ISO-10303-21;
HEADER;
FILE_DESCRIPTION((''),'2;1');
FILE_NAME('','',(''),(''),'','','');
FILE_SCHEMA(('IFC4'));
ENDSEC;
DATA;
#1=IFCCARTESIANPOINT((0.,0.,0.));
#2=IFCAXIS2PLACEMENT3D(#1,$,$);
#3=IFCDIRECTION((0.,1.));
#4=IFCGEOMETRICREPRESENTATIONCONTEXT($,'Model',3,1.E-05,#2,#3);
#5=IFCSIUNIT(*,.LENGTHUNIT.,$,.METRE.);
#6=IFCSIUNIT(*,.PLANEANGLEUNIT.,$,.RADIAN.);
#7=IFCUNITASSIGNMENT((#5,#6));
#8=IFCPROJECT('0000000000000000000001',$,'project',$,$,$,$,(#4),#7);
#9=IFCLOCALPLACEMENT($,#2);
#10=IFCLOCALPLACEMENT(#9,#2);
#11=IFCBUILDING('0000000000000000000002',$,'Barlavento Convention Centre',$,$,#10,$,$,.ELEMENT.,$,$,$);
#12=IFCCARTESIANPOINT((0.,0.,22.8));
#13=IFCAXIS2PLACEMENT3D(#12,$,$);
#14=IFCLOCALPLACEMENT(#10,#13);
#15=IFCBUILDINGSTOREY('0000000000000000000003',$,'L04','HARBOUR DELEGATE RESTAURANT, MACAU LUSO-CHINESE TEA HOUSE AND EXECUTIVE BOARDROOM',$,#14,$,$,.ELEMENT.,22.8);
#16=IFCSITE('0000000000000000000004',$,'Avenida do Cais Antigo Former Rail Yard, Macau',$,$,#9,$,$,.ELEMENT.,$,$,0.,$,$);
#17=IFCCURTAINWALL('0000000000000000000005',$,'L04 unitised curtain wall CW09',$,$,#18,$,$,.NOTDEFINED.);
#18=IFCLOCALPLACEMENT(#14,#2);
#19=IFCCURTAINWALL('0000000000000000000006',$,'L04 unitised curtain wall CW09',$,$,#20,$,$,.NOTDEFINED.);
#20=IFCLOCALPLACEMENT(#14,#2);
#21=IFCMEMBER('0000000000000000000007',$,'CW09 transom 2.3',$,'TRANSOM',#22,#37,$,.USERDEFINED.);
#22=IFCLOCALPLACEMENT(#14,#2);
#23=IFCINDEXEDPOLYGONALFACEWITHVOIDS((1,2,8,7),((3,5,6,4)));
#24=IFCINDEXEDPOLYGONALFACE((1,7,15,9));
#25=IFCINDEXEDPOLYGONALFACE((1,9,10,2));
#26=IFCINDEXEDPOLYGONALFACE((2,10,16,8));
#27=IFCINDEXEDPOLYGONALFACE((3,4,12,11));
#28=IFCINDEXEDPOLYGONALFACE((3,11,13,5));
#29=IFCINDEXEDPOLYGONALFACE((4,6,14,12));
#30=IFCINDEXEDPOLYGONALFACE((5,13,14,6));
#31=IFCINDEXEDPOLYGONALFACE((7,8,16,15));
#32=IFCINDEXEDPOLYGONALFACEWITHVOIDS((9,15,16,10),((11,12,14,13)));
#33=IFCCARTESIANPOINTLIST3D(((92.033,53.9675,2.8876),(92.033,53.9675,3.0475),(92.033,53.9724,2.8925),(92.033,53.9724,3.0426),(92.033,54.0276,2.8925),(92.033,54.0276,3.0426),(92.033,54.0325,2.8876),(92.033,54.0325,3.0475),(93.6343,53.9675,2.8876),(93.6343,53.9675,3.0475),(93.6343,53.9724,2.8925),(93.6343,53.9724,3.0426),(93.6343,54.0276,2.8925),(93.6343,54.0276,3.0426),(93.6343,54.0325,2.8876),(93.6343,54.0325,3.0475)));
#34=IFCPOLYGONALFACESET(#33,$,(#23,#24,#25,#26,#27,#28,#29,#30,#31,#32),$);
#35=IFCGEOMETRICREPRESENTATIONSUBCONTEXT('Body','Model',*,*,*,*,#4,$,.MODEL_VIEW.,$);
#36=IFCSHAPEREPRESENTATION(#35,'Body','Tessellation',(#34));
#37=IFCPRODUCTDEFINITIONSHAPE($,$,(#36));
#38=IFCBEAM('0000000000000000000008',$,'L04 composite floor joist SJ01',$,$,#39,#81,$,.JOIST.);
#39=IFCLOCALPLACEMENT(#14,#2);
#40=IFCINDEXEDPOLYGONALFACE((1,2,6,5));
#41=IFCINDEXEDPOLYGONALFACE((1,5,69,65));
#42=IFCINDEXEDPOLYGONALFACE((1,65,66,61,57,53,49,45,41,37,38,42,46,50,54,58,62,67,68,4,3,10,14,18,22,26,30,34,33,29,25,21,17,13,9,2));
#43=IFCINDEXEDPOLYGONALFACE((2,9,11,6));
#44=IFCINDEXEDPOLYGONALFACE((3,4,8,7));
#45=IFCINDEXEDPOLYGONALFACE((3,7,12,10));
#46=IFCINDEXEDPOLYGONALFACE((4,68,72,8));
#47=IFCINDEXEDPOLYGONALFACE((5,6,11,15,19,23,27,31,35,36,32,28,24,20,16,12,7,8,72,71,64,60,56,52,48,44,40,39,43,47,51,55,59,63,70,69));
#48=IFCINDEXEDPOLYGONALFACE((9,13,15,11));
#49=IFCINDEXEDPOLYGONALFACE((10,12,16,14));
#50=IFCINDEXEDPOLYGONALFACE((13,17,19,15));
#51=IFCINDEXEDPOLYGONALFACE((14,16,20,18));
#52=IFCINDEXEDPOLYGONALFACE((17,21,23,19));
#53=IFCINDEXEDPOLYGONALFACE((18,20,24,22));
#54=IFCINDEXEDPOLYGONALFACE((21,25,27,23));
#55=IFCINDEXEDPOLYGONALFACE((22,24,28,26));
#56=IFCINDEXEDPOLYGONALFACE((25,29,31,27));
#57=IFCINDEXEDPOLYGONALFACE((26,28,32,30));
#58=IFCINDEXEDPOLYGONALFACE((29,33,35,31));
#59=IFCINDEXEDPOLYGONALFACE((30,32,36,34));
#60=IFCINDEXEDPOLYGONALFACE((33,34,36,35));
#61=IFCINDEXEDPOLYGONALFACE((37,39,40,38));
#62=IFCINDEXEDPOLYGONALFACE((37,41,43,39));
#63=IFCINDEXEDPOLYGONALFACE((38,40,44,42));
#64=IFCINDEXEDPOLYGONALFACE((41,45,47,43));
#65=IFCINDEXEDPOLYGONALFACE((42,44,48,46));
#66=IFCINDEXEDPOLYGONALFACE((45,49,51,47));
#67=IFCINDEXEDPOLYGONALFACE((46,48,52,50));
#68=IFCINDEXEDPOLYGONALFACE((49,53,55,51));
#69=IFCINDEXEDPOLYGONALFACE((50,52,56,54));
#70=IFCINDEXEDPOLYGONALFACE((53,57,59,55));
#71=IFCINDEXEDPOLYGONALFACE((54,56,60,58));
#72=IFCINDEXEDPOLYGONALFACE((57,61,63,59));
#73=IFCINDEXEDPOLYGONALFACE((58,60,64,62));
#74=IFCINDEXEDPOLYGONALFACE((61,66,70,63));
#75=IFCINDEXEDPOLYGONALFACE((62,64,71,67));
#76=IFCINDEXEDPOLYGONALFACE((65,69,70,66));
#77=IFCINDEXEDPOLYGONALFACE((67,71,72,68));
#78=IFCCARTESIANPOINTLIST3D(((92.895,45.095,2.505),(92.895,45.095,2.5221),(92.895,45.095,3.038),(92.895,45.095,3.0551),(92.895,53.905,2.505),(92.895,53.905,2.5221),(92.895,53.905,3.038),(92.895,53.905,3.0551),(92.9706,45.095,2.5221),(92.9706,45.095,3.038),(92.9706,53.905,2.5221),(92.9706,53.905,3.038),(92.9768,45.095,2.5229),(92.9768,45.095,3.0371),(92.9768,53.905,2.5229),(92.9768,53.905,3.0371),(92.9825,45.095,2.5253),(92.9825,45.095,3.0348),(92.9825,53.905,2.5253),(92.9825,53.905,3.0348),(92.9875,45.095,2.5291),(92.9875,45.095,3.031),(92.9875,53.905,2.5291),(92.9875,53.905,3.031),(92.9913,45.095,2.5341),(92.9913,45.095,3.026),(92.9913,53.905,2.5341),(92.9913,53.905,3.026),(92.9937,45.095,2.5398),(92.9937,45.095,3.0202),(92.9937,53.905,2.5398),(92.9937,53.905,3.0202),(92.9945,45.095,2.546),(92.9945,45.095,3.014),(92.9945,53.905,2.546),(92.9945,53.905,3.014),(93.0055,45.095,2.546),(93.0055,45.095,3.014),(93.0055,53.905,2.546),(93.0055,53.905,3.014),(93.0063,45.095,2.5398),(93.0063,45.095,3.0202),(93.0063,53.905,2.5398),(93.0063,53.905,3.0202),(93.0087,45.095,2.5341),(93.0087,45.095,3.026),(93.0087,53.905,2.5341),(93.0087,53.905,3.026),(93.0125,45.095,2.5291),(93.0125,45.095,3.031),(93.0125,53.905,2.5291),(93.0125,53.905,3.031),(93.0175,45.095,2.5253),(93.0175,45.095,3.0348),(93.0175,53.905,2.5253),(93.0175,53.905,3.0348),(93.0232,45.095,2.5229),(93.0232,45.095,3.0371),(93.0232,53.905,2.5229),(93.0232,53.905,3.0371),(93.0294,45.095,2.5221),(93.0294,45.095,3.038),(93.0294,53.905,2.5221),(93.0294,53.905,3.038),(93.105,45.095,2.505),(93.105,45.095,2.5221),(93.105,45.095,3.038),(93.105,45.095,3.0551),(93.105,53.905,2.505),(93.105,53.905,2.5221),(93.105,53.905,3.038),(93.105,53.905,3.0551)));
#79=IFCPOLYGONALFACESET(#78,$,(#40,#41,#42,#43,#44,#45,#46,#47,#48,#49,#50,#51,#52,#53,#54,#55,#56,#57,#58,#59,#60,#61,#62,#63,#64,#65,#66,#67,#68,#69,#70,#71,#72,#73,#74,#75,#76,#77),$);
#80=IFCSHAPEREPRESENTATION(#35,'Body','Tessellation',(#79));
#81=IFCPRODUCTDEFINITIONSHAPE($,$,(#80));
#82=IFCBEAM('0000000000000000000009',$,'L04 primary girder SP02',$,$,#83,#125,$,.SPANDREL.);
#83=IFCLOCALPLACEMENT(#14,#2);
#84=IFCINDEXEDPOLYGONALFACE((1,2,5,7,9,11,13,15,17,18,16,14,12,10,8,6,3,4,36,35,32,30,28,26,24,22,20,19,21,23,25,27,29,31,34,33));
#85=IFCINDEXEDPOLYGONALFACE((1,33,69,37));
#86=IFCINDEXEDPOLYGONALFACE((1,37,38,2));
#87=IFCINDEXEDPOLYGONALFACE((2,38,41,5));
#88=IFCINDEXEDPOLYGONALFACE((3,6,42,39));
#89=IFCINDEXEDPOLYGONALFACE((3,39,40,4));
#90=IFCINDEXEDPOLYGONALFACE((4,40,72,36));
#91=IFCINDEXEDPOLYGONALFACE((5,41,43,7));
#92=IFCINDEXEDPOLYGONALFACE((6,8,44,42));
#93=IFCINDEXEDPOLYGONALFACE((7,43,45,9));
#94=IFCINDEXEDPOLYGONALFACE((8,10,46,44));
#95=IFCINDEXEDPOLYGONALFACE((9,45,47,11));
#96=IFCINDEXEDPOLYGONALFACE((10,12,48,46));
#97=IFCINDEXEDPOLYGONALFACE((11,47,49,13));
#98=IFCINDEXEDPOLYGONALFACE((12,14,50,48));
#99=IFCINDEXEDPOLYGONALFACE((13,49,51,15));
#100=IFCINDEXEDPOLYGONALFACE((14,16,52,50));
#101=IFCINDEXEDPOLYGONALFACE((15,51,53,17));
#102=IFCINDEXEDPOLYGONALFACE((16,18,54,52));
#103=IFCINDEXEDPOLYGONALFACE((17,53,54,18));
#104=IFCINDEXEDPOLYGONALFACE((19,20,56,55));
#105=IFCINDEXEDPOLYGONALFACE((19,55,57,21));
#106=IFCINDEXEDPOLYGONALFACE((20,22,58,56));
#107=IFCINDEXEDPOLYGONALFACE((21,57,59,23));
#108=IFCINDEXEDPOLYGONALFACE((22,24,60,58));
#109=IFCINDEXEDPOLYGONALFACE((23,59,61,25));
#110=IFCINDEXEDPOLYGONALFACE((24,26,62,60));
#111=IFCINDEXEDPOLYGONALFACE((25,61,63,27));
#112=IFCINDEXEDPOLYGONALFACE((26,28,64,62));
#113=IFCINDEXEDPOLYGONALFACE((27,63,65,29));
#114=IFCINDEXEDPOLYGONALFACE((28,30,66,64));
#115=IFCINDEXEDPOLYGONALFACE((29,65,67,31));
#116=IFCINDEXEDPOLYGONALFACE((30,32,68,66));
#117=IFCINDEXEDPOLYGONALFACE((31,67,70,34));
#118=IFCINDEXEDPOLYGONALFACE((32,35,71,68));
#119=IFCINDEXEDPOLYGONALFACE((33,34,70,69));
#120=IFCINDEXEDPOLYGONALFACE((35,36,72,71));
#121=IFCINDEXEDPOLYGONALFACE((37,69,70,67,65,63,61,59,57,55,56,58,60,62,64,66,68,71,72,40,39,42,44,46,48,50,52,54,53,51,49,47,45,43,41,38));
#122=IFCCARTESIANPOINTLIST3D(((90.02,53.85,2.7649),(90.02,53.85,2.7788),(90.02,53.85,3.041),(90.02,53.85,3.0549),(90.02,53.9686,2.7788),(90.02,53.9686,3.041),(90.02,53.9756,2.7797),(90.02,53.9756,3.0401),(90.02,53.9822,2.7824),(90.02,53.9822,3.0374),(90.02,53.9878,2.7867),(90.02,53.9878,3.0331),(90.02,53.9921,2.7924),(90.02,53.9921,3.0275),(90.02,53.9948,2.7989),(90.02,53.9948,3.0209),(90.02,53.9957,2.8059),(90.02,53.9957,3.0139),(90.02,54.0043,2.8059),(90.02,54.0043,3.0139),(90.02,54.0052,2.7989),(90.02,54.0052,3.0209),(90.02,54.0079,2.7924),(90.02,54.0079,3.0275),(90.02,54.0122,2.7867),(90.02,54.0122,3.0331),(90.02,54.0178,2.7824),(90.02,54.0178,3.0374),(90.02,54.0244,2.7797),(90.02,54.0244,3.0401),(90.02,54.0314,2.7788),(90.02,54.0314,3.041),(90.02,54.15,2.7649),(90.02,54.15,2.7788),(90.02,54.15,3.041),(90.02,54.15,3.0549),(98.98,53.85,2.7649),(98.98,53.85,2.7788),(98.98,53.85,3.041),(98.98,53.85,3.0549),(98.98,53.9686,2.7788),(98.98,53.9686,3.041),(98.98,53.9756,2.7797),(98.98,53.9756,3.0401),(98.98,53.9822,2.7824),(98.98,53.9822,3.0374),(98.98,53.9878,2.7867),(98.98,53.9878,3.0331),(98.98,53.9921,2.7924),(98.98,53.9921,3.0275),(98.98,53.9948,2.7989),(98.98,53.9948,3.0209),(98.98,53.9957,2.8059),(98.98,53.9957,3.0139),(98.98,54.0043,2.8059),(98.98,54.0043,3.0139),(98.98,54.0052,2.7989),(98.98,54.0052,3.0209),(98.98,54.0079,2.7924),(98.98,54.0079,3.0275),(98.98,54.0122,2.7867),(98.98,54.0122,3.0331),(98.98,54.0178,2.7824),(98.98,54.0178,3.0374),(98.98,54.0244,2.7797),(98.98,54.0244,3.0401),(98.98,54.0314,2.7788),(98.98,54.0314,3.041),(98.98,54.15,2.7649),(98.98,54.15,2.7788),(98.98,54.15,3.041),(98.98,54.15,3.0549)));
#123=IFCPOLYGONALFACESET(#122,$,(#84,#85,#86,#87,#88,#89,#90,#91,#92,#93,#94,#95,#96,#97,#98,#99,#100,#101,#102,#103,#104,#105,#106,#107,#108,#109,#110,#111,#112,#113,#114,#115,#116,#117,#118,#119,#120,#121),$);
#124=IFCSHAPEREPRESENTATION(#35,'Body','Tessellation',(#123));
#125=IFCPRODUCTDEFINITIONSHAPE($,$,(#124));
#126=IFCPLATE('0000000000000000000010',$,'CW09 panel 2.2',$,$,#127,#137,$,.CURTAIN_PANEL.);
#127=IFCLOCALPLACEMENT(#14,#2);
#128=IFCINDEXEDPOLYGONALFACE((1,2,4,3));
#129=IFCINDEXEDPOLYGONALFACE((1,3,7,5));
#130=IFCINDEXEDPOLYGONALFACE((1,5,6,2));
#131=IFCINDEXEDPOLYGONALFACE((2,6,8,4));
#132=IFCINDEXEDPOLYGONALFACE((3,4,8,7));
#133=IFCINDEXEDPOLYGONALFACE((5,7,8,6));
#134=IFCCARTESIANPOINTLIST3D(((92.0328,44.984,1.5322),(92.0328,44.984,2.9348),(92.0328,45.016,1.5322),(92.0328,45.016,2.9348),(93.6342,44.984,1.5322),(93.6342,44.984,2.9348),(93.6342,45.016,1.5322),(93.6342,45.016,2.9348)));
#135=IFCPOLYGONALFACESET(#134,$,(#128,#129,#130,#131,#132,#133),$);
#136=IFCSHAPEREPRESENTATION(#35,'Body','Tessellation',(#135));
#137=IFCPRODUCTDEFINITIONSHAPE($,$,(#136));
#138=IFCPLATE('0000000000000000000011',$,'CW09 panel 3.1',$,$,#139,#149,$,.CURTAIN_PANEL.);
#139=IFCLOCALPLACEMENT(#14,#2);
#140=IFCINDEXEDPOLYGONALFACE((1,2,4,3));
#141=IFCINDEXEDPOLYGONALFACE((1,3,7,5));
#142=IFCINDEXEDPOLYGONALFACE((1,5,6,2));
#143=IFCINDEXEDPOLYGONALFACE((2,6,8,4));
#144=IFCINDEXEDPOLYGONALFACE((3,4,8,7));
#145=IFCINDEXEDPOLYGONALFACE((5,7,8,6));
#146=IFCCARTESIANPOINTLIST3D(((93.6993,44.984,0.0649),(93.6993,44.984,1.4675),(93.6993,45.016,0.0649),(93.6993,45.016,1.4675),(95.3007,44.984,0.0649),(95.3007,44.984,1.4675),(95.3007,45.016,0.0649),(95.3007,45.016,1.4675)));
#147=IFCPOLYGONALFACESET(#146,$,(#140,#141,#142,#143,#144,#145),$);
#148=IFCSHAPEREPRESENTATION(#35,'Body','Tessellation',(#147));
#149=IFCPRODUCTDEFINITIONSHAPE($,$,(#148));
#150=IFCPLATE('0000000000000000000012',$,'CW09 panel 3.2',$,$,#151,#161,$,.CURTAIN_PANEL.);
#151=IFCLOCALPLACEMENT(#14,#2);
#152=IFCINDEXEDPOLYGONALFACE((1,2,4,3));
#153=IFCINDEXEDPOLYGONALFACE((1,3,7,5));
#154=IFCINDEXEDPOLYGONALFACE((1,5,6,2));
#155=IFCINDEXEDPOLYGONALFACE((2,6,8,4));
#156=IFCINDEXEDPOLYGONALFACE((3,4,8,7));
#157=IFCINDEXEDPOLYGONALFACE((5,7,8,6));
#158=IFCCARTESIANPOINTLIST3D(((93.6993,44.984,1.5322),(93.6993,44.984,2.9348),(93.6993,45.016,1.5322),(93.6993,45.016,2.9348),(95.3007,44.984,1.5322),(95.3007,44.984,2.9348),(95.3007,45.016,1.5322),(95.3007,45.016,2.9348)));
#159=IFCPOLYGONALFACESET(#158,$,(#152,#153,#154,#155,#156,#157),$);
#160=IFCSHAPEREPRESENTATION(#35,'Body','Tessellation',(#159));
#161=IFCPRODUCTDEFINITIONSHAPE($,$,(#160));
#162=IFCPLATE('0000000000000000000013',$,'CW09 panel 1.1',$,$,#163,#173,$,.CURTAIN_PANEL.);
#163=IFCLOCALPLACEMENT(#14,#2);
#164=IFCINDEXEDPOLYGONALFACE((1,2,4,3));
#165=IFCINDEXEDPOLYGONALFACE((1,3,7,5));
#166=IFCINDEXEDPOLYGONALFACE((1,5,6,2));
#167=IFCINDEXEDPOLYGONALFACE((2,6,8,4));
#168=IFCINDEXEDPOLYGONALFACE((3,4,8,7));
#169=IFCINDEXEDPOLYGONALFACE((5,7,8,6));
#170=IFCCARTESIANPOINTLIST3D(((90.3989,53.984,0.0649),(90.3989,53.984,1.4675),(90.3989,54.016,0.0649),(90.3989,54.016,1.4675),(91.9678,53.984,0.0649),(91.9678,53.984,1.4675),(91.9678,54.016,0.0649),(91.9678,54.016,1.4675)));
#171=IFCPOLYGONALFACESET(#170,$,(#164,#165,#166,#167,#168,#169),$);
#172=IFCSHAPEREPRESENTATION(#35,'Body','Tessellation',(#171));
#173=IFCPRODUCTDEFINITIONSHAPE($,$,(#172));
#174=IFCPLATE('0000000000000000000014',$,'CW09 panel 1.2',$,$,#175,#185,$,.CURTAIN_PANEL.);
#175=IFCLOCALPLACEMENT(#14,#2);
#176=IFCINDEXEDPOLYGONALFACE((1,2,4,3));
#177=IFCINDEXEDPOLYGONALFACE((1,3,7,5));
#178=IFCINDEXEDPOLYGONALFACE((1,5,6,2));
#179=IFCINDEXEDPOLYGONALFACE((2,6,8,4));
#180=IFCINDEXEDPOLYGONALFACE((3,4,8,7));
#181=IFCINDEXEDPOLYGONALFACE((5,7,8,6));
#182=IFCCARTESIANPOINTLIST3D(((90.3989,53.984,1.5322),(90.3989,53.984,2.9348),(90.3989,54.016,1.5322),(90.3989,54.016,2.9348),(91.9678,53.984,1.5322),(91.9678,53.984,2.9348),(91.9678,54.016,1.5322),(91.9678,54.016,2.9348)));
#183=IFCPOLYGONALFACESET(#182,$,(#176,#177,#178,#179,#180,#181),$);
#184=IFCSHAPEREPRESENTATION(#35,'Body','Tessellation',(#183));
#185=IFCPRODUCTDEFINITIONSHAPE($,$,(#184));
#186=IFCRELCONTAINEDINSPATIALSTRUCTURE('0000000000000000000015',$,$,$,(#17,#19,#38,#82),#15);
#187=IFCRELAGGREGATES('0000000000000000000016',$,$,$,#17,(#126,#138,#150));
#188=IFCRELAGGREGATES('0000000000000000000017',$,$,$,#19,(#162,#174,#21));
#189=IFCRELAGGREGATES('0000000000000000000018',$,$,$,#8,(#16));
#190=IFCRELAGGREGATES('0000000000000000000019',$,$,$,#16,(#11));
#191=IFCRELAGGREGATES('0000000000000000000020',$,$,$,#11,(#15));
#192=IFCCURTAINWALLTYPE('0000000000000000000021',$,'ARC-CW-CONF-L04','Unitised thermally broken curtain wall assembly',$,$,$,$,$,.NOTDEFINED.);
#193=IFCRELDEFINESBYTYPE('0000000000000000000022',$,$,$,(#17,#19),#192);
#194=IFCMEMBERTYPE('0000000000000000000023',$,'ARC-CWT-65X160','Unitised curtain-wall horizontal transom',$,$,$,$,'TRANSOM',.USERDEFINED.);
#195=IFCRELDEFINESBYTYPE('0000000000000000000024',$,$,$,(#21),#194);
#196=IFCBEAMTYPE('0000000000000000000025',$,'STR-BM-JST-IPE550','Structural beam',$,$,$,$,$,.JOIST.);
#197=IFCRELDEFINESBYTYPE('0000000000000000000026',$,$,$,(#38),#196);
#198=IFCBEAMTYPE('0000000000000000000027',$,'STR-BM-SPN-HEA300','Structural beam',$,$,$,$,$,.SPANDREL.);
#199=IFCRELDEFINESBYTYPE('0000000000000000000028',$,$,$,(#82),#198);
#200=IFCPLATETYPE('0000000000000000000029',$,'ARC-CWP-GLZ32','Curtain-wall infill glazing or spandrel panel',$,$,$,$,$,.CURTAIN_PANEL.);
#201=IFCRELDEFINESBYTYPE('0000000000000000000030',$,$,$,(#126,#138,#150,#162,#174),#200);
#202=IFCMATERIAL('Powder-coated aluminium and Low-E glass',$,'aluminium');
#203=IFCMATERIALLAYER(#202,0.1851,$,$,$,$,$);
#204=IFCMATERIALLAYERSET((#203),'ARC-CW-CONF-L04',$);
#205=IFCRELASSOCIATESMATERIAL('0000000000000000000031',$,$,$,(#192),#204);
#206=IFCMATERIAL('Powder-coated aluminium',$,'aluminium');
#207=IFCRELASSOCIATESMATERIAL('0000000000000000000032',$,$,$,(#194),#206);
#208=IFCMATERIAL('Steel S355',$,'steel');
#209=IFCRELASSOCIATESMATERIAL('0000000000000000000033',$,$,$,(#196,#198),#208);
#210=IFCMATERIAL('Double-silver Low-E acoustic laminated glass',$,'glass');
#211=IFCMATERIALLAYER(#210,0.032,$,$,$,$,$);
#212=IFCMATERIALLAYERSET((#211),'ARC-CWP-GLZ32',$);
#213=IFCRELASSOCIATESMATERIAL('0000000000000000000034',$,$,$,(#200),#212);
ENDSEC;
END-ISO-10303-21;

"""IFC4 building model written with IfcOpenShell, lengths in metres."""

from ifc_helpers import new_model, si_unit, direction, frame, origin, origin_2d, place, context, subcontext, project, spatial, rectangle, hollow_rectangle, i_section, extrude, material, layer, layer_set, material_profile, profile_set, type_object, element, aggregate, save


model = new_model("IFC4")

# Units and contexts
model_context = context("Model", 3, precision=1e-05, world=origin(), true_north=direction((0.0, 1.0)))
body_context = subcontext(model_context, "Body", "Model", "MODEL_VIEW")
ifc_project = project(units=[si_unit("LENGTHUNIT", "METRE"), si_unit("PLANEANGLEUNIT", "RADIAN")], contexts=[model_context])

# Site, building, storey
site_placement = place(None, origin())
site = spatial("IfcSite", under=ifc_project, at=site_placement, Name="Avenida do Cais Antigo Former Rail Yard, Macau", CompositionType="ELEMENT", RefElevation=0.0)
building_placement = place(site_placement, origin())
building = spatial("IfcBuilding", under=site, at=building_placement, Name="Barlavento Convention Centre", CompositionType="ELEMENT")
storey_placement = place(building_placement, frame((0.0, 0.0, 22.8)))
storey = spatial("IfcBuildingStorey", under=building, at=storey_placement, Name="L04", Description="HARBOUR DELEGATE RESTAURANT, MACAU LUSO-CHINESE TEA HOUSE AND EXECUTIVE BOARDROOM", CompositionType="ELEMENT", Elevation=22.8)

# Curtain wall
ifc_material_1 = material(Name="Powder-coated aluminium and Low-E glass", Category="aluminium")
ifc_layer_1 = layer(ifc_material_1, 0.1851)
ifc_layer_set_1 = layer_set([ifc_layer_1], Name="ARC-CW-CONF-L04")
curtain_wall_type = type_object("IfcCurtainWallType", Name="ARC-CW-CONF-L04", Description="Unitised thermally broken curtain wall assembly", PredefinedType="NOTDEFINED", material=ifc_layer_set_1)
curtain_wall_1_placement = place(storey_placement, origin())
curtain_wall_1 = element("IfcCurtainWall", 1, at=curtain_wall_1_placement, inside=storey, type_object=curtain_wall_type, Name="L04 unitised curtain wall CW09", PredefinedType="NOTDEFINED")
ifc_material_2 = material(Name="Powder-coated aluminium", Category="aluminium")

# Curtain wall
curtain_wall_2_placement = place(storey_placement, origin())
curtain_wall_2 = element("IfcCurtainWall", 2, at=curtain_wall_2_placement, inside=storey, type_object=curtain_wall_type, Name="L04 unitised curtain wall CW09", PredefinedType="NOTDEFINED")

# Member
ifc_material_profile_1 = material_profile(ifc_material_2, hollow_rectangle(XDim=0.0649, YDim=0.1599, WallThickness=0.0049, at=origin_2d()), Name="AL-TRAN 65x160x5")
ifc_profile_set_1 = profile_set([ifc_material_profile_1], Name="Powder-coated aluminium")
member_type_1 = type_object("IfcMemberType", Name="ARC-CWT-65X160", Description="Unitised curtain-wall horizontal transom", ElementType="TRANSOM", PredefinedType="USERDEFINED", material=ifc_profile_set_1)
member_1_placement = place(storey_placement, frame((92.033, 54.0, 2.9675), z_axis=(1.0, 0.0, 0.0), x_axis=(0.0, 1.0, 0.0)))
member_1 = element("IfcMember", 3, at=member_1_placement, type_object=member_type_1, Name="CW09 transom 2.3", ObjectType="TRANSOM", PredefinedType="USERDEFINED", context=body_context, shape_type="SweptSolid", body=[
    extrude(hollow_rectangle(XDim=0.0649, YDim=0.1599, WallThickness=0.0049, at=origin_2d()), origin(), (0.0, 0.0, 1.0), 1.6013),
])

# Beams
ifc_material_3 = material(Name="Steel S355", Category="steel")
ifc_material_profile_2 = material_profile(ifc_material_3, i_section(OverallWidth=0.21, OverallDepth=0.55, WebThickness=0.011, FlangeThickness=0.0171, FilletRadius=0.0239, at=origin_2d()), Name="IPE 550")
ifc_profile_set_2 = profile_set([ifc_material_profile_2], Name="Steel S355")
beam_type_1 = type_object("IfcBeamType", Name="STR-BM-JST-IPE550", Description="Structural beam", PredefinedType="JOIST", material=ifc_profile_set_2)
beam_1_placement = place(storey_placement, frame((93.0, 45.095, 2.78), z_axis=(0.0, 1.0, 0.0), x_axis=(-1.0, 0.0, 0.0)))
element("IfcBeam", 4, at=beam_1_placement, inside=storey, type_object=beam_type_1, Name="L04 composite floor joist SJ01", PredefinedType="JOIST", context=body_context, shape_type="SweptSolid", body=[
    extrude(i_section(OverallWidth=0.21, OverallDepth=0.55, WebThickness=0.011, FlangeThickness=0.0171, FilletRadius=0.0239, at=origin_2d()), origin(), (0.0, 0.0, 1.0), 8.8101),
])
ifc_material_profile_3 = material_profile(ifc_material_3, i_section(OverallWidth=0.3, OverallDepth=0.29, WebThickness=0.0085, FlangeThickness=0.0139, FilletRadius=0.0271, at=origin_2d()), Name="HEA 300")
ifc_profile_set_3 = profile_set([ifc_material_profile_3], Name="Steel S355")
beam_type_2 = type_object("IfcBeamType", Name="STR-BM-SPN-HEA300", Description="Structural beam", PredefinedType="SPANDREL", material=ifc_profile_set_3)
beam_2_placement = place(storey_placement, frame((90.02, 54.0, 2.9099), z_axis=(1.0, 0.0, 0.0), x_axis=(0.0, 1.0, 0.0)))
element("IfcBeam", 5, at=beam_2_placement, inside=storey, type_object=beam_type_2, Name="L04 primary girder SP02", PredefinedType="SPANDREL", context=body_context, shape_type="SweptSolid", body=[
    extrude(i_section(OverallWidth=0.3, OverallDepth=0.29, WebThickness=0.0085, FlangeThickness=0.0139, FilletRadius=0.0271, at=origin_2d()), origin(), (0.0, 0.0, 1.0), 8.96),
])

# Plates
ifc_material_4 = material(Name="Double-silver Low-E acoustic laminated glass", Category="glass")
ifc_layer_2 = layer(ifc_material_4, 0.032)
ifc_layer_set_2 = layer_set([ifc_layer_2], Name="ARC-CWP-GLZ32")
plate_type_1 = type_object("IfcPlateType", Name="ARC-CWP-GLZ32", Description="Curtain-wall infill glazing or spandrel panel", PredefinedType="CURTAIN_PANEL", material=ifc_layer_set_2)
plate_1_placement = place(storey_placement, frame((92.8335, 45.0, 1.5322), z_axis=(0.0, 0.0, 1.0), x_axis=(1.0, 0.0, 0.0)))
plate_1 = element("IfcPlate", 6, at=plate_1_placement, type_object=plate_type_1, Name="CW09 panel 2.2", PredefinedType="CURTAIN_PANEL", context=body_context, shape_type="SweptSolid", body=[
    extrude(rectangle(XDim=1.6013, YDim=0.032, at=origin_2d()), origin(), (0.0, 0.0, 1.0), 1.4026),
])
plate_2_placement = place(storey_placement, frame((94.5, 45.0, 0.0649), z_axis=(0.0, 0.0, 1.0), x_axis=(1.0, 0.0, 0.0)))
plate_2 = element("IfcPlate", 7, at=plate_2_placement, type_object=plate_type_1, Name="CW09 panel 3.1", PredefinedType="CURTAIN_PANEL", context=body_context, shape_type="SweptSolid", body=[
    extrude(rectangle(XDim=1.6013, YDim=0.032, at=origin_2d()), origin(), (0.0, 0.0, 1.0), 1.4026),
])
plate_3_placement = place(storey_placement, frame((94.5, 45.0, 1.5322), z_axis=(0.0, 0.0, 1.0), x_axis=(1.0, 0.0, 0.0)))
plate_3 = element("IfcPlate", 8, at=plate_3_placement, type_object=plate_type_1, Name="CW09 panel 3.2", PredefinedType="CURTAIN_PANEL", context=body_context, shape_type="SweptSolid", body=[
    extrude(rectangle(XDim=1.6013, YDim=0.032, at=origin_2d()), origin(), (0.0, 0.0, 1.0), 1.4026),
])
aggregate(curtain_wall_1, [plate_1, plate_2, plate_3])
plate_4_placement = place(storey_placement, frame((91.1833, 54.0, 0.0649), z_axis=(0.0, 0.0, 1.0), x_axis=(1.0, 0.0, 0.0)))
plate_4 = element("IfcPlate", 9, at=plate_4_placement, type_object=plate_type_1, Name="CW09 panel 1.1", PredefinedType="CURTAIN_PANEL", context=body_context, shape_type="SweptSolid", body=[
    extrude(rectangle(XDim=1.5688, YDim=0.032, at=origin_2d()), origin(), (0.0, 0.0, 1.0), 1.4026),
])
plate_5_placement = place(storey_placement, frame((91.1833, 54.0, 1.5322), z_axis=(0.0, 0.0, 1.0), x_axis=(1.0, 0.0, 0.0)))
plate_5 = element("IfcPlate", 10, at=plate_5_placement, type_object=plate_type_1, Name="CW09 panel 1.2", PredefinedType="CURTAIN_PANEL", context=body_context, shape_type="SweptSolid", body=[
    extrude(rectangle(XDim=1.5688, YDim=0.032, at=origin_2d()), origin(), (0.0, 0.0, 1.0), 1.4026),
])
aggregate(curtain_wall_2, [plate_4, plate_5, member_1])

save(model, "model.ifc")
